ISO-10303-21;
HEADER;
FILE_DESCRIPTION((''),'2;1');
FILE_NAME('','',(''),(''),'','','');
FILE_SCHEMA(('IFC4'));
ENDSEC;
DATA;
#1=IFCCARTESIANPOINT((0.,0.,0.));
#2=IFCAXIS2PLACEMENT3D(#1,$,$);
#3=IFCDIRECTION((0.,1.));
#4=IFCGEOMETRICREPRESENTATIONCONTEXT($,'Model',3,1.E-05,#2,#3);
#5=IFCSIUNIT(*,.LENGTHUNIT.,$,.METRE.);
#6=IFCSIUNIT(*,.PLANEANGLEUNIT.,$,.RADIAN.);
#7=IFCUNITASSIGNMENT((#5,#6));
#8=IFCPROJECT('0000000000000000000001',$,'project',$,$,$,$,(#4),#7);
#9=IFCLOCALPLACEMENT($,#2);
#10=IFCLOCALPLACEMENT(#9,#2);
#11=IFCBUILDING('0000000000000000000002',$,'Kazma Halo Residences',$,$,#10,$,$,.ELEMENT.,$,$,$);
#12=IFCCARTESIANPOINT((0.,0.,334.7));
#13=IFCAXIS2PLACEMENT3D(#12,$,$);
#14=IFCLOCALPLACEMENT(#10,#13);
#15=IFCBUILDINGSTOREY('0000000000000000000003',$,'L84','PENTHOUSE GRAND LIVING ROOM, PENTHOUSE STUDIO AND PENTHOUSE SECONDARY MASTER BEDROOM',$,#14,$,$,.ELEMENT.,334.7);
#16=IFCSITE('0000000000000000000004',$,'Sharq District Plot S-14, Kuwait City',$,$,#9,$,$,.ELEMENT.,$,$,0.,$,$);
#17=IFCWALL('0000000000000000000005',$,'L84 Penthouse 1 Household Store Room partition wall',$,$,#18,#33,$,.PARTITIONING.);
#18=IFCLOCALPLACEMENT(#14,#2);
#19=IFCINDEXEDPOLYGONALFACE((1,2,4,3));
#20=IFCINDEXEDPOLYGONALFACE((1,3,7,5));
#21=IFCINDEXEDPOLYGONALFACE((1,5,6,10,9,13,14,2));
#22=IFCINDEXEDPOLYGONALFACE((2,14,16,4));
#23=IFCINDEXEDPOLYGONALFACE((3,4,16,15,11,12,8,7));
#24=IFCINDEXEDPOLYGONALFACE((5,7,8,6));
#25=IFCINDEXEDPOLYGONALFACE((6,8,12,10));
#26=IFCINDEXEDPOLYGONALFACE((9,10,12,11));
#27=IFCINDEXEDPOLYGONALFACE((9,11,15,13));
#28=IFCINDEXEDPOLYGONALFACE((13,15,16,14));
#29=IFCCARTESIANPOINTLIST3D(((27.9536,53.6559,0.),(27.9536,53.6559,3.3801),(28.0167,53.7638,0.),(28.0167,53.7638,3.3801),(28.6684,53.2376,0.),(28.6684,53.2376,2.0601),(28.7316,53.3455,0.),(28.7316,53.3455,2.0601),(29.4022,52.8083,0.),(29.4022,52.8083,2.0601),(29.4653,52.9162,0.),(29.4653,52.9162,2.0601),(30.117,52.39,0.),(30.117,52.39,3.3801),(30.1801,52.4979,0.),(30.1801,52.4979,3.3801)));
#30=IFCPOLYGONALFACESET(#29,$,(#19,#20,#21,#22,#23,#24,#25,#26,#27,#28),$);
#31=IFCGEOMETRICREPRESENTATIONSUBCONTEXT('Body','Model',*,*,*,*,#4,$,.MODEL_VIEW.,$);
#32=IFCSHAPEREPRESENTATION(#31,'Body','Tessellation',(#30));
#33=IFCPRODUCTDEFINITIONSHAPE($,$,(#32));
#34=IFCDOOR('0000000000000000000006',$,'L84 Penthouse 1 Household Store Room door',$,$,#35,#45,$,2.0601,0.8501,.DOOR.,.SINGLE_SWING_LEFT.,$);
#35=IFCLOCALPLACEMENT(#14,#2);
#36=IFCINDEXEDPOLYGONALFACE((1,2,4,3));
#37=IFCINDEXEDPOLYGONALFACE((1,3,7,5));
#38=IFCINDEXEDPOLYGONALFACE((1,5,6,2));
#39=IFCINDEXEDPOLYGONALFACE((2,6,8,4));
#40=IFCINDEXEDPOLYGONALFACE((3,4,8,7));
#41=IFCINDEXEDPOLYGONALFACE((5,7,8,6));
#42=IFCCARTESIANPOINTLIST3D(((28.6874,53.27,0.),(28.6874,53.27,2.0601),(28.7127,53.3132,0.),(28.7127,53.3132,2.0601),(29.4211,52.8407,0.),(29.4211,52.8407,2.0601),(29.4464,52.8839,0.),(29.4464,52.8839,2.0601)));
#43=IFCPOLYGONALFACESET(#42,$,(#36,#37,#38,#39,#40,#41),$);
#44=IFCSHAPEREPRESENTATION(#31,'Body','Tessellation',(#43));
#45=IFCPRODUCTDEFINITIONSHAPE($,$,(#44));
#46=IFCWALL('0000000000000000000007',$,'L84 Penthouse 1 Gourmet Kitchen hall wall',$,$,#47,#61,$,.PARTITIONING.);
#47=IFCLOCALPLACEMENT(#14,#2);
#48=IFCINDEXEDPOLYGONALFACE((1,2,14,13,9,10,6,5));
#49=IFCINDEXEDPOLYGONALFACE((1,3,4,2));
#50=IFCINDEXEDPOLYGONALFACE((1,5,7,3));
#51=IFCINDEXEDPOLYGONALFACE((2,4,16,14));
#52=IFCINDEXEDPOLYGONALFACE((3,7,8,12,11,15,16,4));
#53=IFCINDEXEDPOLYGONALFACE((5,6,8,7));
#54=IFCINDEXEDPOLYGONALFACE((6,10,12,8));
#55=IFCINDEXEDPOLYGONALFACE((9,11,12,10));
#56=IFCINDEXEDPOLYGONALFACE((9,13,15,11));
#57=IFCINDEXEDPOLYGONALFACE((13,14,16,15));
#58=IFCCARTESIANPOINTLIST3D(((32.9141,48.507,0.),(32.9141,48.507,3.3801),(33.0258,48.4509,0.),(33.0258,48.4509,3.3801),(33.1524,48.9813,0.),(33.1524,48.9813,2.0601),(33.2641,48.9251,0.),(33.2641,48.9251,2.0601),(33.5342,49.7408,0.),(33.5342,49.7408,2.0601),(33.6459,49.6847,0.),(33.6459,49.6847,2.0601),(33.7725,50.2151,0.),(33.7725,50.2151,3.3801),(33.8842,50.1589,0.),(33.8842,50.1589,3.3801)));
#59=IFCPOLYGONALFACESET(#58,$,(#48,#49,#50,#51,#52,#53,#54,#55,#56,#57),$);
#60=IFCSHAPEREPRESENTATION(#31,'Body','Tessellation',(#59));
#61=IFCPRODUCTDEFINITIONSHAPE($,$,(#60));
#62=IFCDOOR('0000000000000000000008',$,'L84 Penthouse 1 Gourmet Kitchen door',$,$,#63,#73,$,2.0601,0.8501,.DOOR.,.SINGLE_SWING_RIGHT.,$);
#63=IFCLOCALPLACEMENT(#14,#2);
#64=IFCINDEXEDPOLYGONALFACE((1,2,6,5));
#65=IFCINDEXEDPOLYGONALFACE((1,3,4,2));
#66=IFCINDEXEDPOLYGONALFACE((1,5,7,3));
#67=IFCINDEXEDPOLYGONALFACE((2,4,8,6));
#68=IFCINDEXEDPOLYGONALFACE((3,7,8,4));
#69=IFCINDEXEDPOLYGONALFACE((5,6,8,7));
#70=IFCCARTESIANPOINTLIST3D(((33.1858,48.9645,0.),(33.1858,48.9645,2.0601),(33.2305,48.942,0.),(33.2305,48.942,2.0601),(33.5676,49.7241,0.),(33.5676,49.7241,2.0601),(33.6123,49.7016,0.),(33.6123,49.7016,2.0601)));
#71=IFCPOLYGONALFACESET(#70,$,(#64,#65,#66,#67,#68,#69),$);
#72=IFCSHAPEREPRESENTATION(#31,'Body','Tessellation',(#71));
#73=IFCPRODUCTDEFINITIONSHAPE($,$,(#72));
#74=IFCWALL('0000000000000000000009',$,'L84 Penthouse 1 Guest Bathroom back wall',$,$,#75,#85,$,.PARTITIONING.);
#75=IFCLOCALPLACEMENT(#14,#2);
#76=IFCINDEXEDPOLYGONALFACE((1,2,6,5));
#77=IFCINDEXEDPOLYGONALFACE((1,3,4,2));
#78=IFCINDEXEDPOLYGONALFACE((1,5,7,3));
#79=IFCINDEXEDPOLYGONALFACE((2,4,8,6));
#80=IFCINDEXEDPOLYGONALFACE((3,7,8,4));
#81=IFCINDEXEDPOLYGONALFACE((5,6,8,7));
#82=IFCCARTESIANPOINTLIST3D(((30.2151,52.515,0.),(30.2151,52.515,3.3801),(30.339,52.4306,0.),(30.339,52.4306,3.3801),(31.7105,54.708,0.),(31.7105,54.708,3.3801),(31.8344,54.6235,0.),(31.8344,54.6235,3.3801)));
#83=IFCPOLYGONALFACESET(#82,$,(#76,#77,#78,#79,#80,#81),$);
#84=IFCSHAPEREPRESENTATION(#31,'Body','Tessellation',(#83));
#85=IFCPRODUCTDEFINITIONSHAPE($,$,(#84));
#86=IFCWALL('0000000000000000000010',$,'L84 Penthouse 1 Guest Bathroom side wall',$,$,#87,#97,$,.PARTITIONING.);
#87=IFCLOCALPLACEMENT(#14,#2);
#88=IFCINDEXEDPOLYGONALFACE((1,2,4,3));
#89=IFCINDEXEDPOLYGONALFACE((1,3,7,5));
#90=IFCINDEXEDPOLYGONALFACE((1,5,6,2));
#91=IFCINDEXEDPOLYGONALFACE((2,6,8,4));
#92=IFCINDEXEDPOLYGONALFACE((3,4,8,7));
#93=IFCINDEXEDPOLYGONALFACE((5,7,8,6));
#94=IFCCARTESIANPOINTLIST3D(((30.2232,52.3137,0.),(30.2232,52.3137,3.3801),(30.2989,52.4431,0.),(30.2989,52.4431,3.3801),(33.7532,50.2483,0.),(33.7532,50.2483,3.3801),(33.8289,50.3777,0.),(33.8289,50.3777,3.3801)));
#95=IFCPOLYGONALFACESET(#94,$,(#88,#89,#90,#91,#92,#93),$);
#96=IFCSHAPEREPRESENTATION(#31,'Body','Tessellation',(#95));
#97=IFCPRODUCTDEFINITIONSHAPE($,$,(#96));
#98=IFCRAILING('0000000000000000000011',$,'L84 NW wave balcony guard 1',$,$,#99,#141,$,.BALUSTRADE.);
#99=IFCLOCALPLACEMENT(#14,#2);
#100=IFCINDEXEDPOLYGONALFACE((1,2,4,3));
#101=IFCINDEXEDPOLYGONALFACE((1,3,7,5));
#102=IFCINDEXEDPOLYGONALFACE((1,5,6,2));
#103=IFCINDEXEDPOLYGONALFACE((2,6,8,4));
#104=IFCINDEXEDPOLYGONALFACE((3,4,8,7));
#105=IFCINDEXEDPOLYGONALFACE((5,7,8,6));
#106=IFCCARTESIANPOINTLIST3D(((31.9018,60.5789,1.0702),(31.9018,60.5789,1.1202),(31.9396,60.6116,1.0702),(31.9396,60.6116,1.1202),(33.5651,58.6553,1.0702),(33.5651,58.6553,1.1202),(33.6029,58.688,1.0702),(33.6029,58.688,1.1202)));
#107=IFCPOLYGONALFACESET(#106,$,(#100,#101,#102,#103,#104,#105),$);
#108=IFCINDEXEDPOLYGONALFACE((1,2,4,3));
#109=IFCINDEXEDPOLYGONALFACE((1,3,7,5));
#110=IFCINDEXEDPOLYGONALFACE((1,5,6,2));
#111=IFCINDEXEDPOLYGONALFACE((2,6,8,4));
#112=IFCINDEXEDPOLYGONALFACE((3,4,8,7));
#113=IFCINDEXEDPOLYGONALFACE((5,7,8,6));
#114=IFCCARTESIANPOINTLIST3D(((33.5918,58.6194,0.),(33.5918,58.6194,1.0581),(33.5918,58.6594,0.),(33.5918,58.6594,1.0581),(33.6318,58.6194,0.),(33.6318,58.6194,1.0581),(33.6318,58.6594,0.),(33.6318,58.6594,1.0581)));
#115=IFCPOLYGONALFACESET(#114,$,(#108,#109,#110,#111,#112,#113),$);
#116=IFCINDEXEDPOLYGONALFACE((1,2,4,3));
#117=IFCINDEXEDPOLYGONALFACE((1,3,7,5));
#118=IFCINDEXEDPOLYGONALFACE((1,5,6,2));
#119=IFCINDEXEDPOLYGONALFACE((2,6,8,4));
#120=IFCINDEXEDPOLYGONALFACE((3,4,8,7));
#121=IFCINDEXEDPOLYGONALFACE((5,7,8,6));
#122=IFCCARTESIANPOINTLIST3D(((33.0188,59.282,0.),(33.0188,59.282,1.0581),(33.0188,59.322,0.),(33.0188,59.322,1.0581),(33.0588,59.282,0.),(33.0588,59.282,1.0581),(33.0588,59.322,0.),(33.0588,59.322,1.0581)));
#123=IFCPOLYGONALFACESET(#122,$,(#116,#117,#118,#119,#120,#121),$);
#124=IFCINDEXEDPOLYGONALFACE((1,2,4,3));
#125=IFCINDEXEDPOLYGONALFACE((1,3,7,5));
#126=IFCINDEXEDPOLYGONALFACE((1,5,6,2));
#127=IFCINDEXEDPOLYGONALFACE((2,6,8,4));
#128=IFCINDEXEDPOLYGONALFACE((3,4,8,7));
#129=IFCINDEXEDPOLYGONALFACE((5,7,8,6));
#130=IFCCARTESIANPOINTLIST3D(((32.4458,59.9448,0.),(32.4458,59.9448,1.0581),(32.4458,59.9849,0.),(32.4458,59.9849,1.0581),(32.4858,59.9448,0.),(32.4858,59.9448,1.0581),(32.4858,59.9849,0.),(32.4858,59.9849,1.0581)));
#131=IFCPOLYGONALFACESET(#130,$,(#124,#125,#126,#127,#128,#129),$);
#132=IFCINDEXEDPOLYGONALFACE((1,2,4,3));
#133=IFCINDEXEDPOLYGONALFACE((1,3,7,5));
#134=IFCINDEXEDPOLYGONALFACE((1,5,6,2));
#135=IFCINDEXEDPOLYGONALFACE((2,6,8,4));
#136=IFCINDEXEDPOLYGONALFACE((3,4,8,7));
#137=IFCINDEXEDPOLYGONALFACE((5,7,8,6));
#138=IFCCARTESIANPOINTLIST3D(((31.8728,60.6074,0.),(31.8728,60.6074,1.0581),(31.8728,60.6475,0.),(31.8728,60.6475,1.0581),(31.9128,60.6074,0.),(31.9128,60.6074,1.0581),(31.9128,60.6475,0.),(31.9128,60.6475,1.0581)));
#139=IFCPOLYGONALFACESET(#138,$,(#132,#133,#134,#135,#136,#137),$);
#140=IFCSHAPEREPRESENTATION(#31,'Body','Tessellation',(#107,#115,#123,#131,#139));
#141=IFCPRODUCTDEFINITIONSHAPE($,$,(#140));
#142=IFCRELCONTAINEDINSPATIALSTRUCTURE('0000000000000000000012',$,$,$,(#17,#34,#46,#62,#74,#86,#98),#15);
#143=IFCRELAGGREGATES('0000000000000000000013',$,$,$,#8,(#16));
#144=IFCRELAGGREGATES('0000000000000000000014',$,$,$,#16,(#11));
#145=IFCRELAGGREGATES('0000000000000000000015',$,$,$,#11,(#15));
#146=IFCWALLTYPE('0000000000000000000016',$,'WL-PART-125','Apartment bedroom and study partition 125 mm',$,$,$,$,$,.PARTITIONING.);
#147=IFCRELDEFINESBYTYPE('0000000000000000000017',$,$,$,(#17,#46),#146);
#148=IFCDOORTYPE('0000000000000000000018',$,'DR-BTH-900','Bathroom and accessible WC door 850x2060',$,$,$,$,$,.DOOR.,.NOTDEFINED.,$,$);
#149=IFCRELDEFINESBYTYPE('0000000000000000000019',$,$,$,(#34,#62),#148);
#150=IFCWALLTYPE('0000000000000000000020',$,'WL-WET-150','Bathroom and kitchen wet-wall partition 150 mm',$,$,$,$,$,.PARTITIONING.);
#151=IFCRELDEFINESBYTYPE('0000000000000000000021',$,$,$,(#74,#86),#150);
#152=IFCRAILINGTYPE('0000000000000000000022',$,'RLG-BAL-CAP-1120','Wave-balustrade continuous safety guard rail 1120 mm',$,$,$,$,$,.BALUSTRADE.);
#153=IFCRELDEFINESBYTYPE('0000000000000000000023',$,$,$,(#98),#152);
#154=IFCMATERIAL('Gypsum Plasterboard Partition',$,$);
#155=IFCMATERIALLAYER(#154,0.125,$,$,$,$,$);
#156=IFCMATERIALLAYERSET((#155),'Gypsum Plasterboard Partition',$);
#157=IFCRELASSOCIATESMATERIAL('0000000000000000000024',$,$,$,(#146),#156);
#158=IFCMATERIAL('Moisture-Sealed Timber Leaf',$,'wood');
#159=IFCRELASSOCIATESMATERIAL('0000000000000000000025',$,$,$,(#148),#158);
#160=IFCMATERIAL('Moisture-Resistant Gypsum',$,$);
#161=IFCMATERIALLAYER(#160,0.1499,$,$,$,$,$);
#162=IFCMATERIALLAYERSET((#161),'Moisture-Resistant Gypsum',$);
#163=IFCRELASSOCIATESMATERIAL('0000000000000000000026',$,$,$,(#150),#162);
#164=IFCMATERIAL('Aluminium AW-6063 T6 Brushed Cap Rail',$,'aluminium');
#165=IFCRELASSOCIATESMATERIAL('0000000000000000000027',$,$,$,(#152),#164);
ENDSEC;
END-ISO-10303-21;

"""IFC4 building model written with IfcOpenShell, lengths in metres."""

from ifc_helpers import new_model, si_unit, direction, frame, frame_2d, origin, origin_2d, place, context, subcontext, project, spatial, rectangle, extrude, material, layer, layer_set, type_object, element, fill, save


model = new_model("IFC4")

# Units and contexts
model_context = context("Model", 3, precision=1e-05, world=origin(), true_north=direction((0.0, 1.0)))
body_context = subcontext(model_context, "Body", "Model", "MODEL_VIEW")
ifc_project = project(units=[si_unit("LENGTHUNIT", "METRE"), si_unit("PLANEANGLEUNIT", "RADIAN")], contexts=[model_context])

# Site, building, storey
site_placement = place(None, origin())
site = spatial("IfcSite", under=ifc_project, at=site_placement, Name="Sharq District Plot S-14, Kuwait City", CompositionType="ELEMENT", RefElevation=0.0)
building_placement = place(site_placement, origin())
building = spatial("IfcBuilding", under=site, at=building_placement, Name="Kazma Halo Residences", CompositionType="ELEMENT")
storey_placement = place(building_placement, frame((0.0, 0.0, 334.7)))
storey = spatial("IfcBuildingStorey", under=building, at=storey_placement, Name="L84", Description="PENTHOUSE GRAND LIVING ROOM, PENTHOUSE STUDIO AND PENTHOUSE SECONDARY MASTER BEDROOM", CompositionType="ELEMENT", Elevation=334.7)

# Shared definitions
ifc_material_1 = material(Name="Gypsum Plasterboard Partition")
ifc_layer_1 = layer(ifc_material_1, 0.125)
ifc_layer_set_1 = layer_set([ifc_layer_1], Name="Gypsum Plasterboard Partition")
wall_type_1 = type_object("IfcWallType", Name="WL-PART-125", Description="Apartment bedroom and study partition 125 mm", PredefinedType="PARTITIONING", material=ifc_layer_set_1)

# Walls, openings, doors
wall_1_placement = place(storey_placement, frame((30.1487, 52.4438, 0.0), z_axis=(0.0, 0.0, 1.0), x_axis=(-0.863096, 0.505039, 0.0)))
wall_1 = element("IfcWall", 1, at=wall_1_placement, inside=storey, type_object=wall_type_1, Name="L84 Penthouse 1 Household Store Room partition wall", PredefinedType="PARTITIONING", context=body_context, shape_type="SweptSolid", body=[
    extrude(rectangle(XDim=2.5066, YDim=0.125, at=frame_2d((1.2534, 0.0))), origin(), (0.0, 0.0, 1.0), 3.3801),
])
opening_1_placement = place(wall_1_placement, frame((0.8284, 0.0, 0.0)))
opening_1 = element("IfcOpeningElement", 2, at=opening_1_placement, cuts=wall_1, PredefinedType="OPENING", context=body_context, shape_type="SweptSolid", body=[
    extrude(rectangle(XDim=0.8501, YDim=2.0601, at=frame_2d((0.425, 1.03))), frame((0.0, 0.0725, 0.0), z_axis=(0.0, -1.0, 0.0), x_axis=(1.0, 0.0, 0.0)), (0.0, 0.0, 1.0), 0.145),
])
ifc_material_2 = material(Name="Moisture-Sealed Timber Leaf", Category="wood")
door_type_1 = type_object("IfcDoorType", Name="DR-BTH-900", Description="Bathroom and accessible WC door 850x2060", OperationType="NOTDEFINED", PredefinedType="DOOR", material=ifc_material_2)
door_1_placement = place(opening_1_placement, origin())
door_1 = element("IfcDoor", 3, at=door_1_placement, inside=storey, type_object=door_type_1, Name="L84 Penthouse 1 Household Store Room door", OperationType="SINGLE_SWING_LEFT", OverallHeight=2.0601, OverallWidth=0.8501, PredefinedType="DOOR", context=body_context, shape_type="SweptSolid", body=[
    extrude(rectangle(XDim=0.8501, YDim=2.0601, at=frame_2d((0.425, 1.03))), frame((0.0, 0.0249, 0.0), z_axis=(0.0, -1.0, 0.0), x_axis=(1.0, 0.0, 0.0)), (0.0, 0.0, 1.0), 0.05),
])
fill(opening_1, door_1)
wall_2_placement = place(storey_placement, frame((33.8284, 50.187, 0.0), z_axis=(0.0, 0.0, 1.0), x_axis=(-0.449052, -0.893506, 0.0)))
wall_2 = element("IfcWall", 4, at=wall_2_placement, inside=storey, type_object=wall_type_1, Name="L84 Penthouse 1 Gourmet Kitchen hall wall", PredefinedType="PARTITIONING", context=body_context, shape_type="SweptSolid", body=[
    extrude(rectangle(XDim=1.9116, YDim=0.125, at=frame_2d((0.9558, 0.0))), origin(), (0.0, 0.0, 1.0), 3.3801),
])
opening_2_placement = place(wall_2_placement, frame((0.5308, 0.0, 0.0)))
opening_2 = element("IfcOpeningElement", 5, at=opening_2_placement, cuts=wall_2, PredefinedType="OPENING", context=body_context, shape_type="SweptSolid", body=[
    extrude(rectangle(XDim=0.8501, YDim=2.0601, at=frame_2d((0.425, 1.03))), frame((0.0, 0.0725, 0.0), z_axis=(0.0, -1.0, 0.0), x_axis=(1.0, 0.0, 0.0)), (0.0, 0.0, 1.0), 0.145),
])
door_2_placement = place(opening_2_placement, origin())
door_2 = element("IfcDoor", 6, at=door_2_placement, inside=storey, type_object=door_type_1, Name="L84 Penthouse 1 Gourmet Kitchen door", OperationType="SINGLE_SWING_RIGHT", OverallHeight=2.0601, OverallWidth=0.8501, PredefinedType="DOOR", context=body_context, shape_type="SweptSolid", body=[
    extrude(rectangle(XDim=0.8501, YDim=2.0601, at=frame_2d((0.425, 1.03))), frame((0.0, 0.0249, 0.0), z_axis=(0.0, -1.0, 0.0), x_axis=(1.0, 0.0, 0.0)), (0.0, 0.0, 1.0), 0.05),
])
fill(opening_2, door_2)

# Walls
ifc_material_3 = material(Name="Moisture-Resistant Gypsum")
ifc_layer_2 = layer(ifc_material_3, 0.1499)
ifc_layer_set_2 = layer_set([ifc_layer_2], Name="Moisture-Resistant Gypsum")
wall_type_2 = type_object("IfcWallType", Name="WL-WET-150", Description="Bathroom and kitchen wet-wall partition 150 mm", PredefinedType="PARTITIONING", material=ifc_layer_set_2)
wall_3_placement = place(storey_placement, frame((31.7725, 54.6658, 0.0), z_axis=(0.0, 0.0, 1.0), x_axis=(-0.563394, -0.826188, 0.0)))
element("IfcWall", 7, at=wall_3_placement, inside=storey, type_object=wall_type_2, Name="L84 Penthouse 1 Guest Bathroom back wall", PredefinedType="PARTITIONING", context=body_context, shape_type="SweptSolid", body=[
    extrude(rectangle(XDim=2.6543, YDim=0.1499, at=frame_2d((1.3271, 0.0))), origin(), (0.0, 0.0, 1.0), 3.3801),
])
wall_4_placement = place(storey_placement, frame((33.791, 50.313, 0.0), z_axis=(0.0, 0.0, 1.0), x_axis=(-0.863113, 0.50501, 0.0)))
element("IfcWall", 8, at=wall_4_placement, inside=storey, type_object=wall_type_2, Name="L84 Penthouse 1 Guest Bathroom side wall", PredefinedType="PARTITIONING", context=body_context, shape_type="SweptSolid", body=[
    extrude(rectangle(XDim=4.0898, YDim=0.1499, at=frame_2d((2.0449, 0.0))), origin(), (0.0, 0.0, 1.0), 3.3801),
])

# Railing
ifc_material_4 = material(Name="Aluminium AW-6063 T6 Brushed Cap Rail", Category="aluminium")
railing_type = type_object("IfcRailingType", Name="RLG-BAL-CAP-1120", Description="Wave-balustrade continuous safety guard rail 1120 mm", PredefinedType="BALUSTRADE", material=ifc_material_4)
railing_1_placement = place(storey_placement, frame((33.6118, 58.6394, 0.0)))
element("IfcRailing", 9, at=railing_1_placement, inside=storey, type_object=railing_type, Name="L84 NW wave balcony guard 1", PredefinedType="BALUSTRADE", context=body_context, shape_type="SweptSolid", body=[
    extrude(rectangle(XDim=0.05, YDim=0.05, at=origin_2d()), frame((-0.0278, 0.0322, 1.0952), z_axis=(-0.654067, 0.756436, 0.0), x_axis=(-0.756436, -0.654067, 0.0)), (0.0, 0.0, 1.0), 2.543),
    extrude(rectangle(XDim=0.04, YDim=0.04, at=origin_2d()), origin(), (0.0, 0.0, 1.0), 1.0581),
    extrude(rectangle(XDim=0.04, YDim=0.04, at=origin_2d()), frame((-0.573, 0.6626, 0.0)), (0.0, 0.0, 1.0), 1.0581),
    extrude(rectangle(XDim=0.04, YDim=0.04, at=origin_2d()), frame((-1.146, 1.3254, 0.0)), (0.0, 0.0, 1.0), 1.0581),
    extrude(rectangle(XDim=0.04, YDim=0.04, at=origin_2d()), frame((-1.719, 1.988, 0.0)), (0.0, 0.0, 1.0), 1.0581),
])

save(model, "model.ifc")
